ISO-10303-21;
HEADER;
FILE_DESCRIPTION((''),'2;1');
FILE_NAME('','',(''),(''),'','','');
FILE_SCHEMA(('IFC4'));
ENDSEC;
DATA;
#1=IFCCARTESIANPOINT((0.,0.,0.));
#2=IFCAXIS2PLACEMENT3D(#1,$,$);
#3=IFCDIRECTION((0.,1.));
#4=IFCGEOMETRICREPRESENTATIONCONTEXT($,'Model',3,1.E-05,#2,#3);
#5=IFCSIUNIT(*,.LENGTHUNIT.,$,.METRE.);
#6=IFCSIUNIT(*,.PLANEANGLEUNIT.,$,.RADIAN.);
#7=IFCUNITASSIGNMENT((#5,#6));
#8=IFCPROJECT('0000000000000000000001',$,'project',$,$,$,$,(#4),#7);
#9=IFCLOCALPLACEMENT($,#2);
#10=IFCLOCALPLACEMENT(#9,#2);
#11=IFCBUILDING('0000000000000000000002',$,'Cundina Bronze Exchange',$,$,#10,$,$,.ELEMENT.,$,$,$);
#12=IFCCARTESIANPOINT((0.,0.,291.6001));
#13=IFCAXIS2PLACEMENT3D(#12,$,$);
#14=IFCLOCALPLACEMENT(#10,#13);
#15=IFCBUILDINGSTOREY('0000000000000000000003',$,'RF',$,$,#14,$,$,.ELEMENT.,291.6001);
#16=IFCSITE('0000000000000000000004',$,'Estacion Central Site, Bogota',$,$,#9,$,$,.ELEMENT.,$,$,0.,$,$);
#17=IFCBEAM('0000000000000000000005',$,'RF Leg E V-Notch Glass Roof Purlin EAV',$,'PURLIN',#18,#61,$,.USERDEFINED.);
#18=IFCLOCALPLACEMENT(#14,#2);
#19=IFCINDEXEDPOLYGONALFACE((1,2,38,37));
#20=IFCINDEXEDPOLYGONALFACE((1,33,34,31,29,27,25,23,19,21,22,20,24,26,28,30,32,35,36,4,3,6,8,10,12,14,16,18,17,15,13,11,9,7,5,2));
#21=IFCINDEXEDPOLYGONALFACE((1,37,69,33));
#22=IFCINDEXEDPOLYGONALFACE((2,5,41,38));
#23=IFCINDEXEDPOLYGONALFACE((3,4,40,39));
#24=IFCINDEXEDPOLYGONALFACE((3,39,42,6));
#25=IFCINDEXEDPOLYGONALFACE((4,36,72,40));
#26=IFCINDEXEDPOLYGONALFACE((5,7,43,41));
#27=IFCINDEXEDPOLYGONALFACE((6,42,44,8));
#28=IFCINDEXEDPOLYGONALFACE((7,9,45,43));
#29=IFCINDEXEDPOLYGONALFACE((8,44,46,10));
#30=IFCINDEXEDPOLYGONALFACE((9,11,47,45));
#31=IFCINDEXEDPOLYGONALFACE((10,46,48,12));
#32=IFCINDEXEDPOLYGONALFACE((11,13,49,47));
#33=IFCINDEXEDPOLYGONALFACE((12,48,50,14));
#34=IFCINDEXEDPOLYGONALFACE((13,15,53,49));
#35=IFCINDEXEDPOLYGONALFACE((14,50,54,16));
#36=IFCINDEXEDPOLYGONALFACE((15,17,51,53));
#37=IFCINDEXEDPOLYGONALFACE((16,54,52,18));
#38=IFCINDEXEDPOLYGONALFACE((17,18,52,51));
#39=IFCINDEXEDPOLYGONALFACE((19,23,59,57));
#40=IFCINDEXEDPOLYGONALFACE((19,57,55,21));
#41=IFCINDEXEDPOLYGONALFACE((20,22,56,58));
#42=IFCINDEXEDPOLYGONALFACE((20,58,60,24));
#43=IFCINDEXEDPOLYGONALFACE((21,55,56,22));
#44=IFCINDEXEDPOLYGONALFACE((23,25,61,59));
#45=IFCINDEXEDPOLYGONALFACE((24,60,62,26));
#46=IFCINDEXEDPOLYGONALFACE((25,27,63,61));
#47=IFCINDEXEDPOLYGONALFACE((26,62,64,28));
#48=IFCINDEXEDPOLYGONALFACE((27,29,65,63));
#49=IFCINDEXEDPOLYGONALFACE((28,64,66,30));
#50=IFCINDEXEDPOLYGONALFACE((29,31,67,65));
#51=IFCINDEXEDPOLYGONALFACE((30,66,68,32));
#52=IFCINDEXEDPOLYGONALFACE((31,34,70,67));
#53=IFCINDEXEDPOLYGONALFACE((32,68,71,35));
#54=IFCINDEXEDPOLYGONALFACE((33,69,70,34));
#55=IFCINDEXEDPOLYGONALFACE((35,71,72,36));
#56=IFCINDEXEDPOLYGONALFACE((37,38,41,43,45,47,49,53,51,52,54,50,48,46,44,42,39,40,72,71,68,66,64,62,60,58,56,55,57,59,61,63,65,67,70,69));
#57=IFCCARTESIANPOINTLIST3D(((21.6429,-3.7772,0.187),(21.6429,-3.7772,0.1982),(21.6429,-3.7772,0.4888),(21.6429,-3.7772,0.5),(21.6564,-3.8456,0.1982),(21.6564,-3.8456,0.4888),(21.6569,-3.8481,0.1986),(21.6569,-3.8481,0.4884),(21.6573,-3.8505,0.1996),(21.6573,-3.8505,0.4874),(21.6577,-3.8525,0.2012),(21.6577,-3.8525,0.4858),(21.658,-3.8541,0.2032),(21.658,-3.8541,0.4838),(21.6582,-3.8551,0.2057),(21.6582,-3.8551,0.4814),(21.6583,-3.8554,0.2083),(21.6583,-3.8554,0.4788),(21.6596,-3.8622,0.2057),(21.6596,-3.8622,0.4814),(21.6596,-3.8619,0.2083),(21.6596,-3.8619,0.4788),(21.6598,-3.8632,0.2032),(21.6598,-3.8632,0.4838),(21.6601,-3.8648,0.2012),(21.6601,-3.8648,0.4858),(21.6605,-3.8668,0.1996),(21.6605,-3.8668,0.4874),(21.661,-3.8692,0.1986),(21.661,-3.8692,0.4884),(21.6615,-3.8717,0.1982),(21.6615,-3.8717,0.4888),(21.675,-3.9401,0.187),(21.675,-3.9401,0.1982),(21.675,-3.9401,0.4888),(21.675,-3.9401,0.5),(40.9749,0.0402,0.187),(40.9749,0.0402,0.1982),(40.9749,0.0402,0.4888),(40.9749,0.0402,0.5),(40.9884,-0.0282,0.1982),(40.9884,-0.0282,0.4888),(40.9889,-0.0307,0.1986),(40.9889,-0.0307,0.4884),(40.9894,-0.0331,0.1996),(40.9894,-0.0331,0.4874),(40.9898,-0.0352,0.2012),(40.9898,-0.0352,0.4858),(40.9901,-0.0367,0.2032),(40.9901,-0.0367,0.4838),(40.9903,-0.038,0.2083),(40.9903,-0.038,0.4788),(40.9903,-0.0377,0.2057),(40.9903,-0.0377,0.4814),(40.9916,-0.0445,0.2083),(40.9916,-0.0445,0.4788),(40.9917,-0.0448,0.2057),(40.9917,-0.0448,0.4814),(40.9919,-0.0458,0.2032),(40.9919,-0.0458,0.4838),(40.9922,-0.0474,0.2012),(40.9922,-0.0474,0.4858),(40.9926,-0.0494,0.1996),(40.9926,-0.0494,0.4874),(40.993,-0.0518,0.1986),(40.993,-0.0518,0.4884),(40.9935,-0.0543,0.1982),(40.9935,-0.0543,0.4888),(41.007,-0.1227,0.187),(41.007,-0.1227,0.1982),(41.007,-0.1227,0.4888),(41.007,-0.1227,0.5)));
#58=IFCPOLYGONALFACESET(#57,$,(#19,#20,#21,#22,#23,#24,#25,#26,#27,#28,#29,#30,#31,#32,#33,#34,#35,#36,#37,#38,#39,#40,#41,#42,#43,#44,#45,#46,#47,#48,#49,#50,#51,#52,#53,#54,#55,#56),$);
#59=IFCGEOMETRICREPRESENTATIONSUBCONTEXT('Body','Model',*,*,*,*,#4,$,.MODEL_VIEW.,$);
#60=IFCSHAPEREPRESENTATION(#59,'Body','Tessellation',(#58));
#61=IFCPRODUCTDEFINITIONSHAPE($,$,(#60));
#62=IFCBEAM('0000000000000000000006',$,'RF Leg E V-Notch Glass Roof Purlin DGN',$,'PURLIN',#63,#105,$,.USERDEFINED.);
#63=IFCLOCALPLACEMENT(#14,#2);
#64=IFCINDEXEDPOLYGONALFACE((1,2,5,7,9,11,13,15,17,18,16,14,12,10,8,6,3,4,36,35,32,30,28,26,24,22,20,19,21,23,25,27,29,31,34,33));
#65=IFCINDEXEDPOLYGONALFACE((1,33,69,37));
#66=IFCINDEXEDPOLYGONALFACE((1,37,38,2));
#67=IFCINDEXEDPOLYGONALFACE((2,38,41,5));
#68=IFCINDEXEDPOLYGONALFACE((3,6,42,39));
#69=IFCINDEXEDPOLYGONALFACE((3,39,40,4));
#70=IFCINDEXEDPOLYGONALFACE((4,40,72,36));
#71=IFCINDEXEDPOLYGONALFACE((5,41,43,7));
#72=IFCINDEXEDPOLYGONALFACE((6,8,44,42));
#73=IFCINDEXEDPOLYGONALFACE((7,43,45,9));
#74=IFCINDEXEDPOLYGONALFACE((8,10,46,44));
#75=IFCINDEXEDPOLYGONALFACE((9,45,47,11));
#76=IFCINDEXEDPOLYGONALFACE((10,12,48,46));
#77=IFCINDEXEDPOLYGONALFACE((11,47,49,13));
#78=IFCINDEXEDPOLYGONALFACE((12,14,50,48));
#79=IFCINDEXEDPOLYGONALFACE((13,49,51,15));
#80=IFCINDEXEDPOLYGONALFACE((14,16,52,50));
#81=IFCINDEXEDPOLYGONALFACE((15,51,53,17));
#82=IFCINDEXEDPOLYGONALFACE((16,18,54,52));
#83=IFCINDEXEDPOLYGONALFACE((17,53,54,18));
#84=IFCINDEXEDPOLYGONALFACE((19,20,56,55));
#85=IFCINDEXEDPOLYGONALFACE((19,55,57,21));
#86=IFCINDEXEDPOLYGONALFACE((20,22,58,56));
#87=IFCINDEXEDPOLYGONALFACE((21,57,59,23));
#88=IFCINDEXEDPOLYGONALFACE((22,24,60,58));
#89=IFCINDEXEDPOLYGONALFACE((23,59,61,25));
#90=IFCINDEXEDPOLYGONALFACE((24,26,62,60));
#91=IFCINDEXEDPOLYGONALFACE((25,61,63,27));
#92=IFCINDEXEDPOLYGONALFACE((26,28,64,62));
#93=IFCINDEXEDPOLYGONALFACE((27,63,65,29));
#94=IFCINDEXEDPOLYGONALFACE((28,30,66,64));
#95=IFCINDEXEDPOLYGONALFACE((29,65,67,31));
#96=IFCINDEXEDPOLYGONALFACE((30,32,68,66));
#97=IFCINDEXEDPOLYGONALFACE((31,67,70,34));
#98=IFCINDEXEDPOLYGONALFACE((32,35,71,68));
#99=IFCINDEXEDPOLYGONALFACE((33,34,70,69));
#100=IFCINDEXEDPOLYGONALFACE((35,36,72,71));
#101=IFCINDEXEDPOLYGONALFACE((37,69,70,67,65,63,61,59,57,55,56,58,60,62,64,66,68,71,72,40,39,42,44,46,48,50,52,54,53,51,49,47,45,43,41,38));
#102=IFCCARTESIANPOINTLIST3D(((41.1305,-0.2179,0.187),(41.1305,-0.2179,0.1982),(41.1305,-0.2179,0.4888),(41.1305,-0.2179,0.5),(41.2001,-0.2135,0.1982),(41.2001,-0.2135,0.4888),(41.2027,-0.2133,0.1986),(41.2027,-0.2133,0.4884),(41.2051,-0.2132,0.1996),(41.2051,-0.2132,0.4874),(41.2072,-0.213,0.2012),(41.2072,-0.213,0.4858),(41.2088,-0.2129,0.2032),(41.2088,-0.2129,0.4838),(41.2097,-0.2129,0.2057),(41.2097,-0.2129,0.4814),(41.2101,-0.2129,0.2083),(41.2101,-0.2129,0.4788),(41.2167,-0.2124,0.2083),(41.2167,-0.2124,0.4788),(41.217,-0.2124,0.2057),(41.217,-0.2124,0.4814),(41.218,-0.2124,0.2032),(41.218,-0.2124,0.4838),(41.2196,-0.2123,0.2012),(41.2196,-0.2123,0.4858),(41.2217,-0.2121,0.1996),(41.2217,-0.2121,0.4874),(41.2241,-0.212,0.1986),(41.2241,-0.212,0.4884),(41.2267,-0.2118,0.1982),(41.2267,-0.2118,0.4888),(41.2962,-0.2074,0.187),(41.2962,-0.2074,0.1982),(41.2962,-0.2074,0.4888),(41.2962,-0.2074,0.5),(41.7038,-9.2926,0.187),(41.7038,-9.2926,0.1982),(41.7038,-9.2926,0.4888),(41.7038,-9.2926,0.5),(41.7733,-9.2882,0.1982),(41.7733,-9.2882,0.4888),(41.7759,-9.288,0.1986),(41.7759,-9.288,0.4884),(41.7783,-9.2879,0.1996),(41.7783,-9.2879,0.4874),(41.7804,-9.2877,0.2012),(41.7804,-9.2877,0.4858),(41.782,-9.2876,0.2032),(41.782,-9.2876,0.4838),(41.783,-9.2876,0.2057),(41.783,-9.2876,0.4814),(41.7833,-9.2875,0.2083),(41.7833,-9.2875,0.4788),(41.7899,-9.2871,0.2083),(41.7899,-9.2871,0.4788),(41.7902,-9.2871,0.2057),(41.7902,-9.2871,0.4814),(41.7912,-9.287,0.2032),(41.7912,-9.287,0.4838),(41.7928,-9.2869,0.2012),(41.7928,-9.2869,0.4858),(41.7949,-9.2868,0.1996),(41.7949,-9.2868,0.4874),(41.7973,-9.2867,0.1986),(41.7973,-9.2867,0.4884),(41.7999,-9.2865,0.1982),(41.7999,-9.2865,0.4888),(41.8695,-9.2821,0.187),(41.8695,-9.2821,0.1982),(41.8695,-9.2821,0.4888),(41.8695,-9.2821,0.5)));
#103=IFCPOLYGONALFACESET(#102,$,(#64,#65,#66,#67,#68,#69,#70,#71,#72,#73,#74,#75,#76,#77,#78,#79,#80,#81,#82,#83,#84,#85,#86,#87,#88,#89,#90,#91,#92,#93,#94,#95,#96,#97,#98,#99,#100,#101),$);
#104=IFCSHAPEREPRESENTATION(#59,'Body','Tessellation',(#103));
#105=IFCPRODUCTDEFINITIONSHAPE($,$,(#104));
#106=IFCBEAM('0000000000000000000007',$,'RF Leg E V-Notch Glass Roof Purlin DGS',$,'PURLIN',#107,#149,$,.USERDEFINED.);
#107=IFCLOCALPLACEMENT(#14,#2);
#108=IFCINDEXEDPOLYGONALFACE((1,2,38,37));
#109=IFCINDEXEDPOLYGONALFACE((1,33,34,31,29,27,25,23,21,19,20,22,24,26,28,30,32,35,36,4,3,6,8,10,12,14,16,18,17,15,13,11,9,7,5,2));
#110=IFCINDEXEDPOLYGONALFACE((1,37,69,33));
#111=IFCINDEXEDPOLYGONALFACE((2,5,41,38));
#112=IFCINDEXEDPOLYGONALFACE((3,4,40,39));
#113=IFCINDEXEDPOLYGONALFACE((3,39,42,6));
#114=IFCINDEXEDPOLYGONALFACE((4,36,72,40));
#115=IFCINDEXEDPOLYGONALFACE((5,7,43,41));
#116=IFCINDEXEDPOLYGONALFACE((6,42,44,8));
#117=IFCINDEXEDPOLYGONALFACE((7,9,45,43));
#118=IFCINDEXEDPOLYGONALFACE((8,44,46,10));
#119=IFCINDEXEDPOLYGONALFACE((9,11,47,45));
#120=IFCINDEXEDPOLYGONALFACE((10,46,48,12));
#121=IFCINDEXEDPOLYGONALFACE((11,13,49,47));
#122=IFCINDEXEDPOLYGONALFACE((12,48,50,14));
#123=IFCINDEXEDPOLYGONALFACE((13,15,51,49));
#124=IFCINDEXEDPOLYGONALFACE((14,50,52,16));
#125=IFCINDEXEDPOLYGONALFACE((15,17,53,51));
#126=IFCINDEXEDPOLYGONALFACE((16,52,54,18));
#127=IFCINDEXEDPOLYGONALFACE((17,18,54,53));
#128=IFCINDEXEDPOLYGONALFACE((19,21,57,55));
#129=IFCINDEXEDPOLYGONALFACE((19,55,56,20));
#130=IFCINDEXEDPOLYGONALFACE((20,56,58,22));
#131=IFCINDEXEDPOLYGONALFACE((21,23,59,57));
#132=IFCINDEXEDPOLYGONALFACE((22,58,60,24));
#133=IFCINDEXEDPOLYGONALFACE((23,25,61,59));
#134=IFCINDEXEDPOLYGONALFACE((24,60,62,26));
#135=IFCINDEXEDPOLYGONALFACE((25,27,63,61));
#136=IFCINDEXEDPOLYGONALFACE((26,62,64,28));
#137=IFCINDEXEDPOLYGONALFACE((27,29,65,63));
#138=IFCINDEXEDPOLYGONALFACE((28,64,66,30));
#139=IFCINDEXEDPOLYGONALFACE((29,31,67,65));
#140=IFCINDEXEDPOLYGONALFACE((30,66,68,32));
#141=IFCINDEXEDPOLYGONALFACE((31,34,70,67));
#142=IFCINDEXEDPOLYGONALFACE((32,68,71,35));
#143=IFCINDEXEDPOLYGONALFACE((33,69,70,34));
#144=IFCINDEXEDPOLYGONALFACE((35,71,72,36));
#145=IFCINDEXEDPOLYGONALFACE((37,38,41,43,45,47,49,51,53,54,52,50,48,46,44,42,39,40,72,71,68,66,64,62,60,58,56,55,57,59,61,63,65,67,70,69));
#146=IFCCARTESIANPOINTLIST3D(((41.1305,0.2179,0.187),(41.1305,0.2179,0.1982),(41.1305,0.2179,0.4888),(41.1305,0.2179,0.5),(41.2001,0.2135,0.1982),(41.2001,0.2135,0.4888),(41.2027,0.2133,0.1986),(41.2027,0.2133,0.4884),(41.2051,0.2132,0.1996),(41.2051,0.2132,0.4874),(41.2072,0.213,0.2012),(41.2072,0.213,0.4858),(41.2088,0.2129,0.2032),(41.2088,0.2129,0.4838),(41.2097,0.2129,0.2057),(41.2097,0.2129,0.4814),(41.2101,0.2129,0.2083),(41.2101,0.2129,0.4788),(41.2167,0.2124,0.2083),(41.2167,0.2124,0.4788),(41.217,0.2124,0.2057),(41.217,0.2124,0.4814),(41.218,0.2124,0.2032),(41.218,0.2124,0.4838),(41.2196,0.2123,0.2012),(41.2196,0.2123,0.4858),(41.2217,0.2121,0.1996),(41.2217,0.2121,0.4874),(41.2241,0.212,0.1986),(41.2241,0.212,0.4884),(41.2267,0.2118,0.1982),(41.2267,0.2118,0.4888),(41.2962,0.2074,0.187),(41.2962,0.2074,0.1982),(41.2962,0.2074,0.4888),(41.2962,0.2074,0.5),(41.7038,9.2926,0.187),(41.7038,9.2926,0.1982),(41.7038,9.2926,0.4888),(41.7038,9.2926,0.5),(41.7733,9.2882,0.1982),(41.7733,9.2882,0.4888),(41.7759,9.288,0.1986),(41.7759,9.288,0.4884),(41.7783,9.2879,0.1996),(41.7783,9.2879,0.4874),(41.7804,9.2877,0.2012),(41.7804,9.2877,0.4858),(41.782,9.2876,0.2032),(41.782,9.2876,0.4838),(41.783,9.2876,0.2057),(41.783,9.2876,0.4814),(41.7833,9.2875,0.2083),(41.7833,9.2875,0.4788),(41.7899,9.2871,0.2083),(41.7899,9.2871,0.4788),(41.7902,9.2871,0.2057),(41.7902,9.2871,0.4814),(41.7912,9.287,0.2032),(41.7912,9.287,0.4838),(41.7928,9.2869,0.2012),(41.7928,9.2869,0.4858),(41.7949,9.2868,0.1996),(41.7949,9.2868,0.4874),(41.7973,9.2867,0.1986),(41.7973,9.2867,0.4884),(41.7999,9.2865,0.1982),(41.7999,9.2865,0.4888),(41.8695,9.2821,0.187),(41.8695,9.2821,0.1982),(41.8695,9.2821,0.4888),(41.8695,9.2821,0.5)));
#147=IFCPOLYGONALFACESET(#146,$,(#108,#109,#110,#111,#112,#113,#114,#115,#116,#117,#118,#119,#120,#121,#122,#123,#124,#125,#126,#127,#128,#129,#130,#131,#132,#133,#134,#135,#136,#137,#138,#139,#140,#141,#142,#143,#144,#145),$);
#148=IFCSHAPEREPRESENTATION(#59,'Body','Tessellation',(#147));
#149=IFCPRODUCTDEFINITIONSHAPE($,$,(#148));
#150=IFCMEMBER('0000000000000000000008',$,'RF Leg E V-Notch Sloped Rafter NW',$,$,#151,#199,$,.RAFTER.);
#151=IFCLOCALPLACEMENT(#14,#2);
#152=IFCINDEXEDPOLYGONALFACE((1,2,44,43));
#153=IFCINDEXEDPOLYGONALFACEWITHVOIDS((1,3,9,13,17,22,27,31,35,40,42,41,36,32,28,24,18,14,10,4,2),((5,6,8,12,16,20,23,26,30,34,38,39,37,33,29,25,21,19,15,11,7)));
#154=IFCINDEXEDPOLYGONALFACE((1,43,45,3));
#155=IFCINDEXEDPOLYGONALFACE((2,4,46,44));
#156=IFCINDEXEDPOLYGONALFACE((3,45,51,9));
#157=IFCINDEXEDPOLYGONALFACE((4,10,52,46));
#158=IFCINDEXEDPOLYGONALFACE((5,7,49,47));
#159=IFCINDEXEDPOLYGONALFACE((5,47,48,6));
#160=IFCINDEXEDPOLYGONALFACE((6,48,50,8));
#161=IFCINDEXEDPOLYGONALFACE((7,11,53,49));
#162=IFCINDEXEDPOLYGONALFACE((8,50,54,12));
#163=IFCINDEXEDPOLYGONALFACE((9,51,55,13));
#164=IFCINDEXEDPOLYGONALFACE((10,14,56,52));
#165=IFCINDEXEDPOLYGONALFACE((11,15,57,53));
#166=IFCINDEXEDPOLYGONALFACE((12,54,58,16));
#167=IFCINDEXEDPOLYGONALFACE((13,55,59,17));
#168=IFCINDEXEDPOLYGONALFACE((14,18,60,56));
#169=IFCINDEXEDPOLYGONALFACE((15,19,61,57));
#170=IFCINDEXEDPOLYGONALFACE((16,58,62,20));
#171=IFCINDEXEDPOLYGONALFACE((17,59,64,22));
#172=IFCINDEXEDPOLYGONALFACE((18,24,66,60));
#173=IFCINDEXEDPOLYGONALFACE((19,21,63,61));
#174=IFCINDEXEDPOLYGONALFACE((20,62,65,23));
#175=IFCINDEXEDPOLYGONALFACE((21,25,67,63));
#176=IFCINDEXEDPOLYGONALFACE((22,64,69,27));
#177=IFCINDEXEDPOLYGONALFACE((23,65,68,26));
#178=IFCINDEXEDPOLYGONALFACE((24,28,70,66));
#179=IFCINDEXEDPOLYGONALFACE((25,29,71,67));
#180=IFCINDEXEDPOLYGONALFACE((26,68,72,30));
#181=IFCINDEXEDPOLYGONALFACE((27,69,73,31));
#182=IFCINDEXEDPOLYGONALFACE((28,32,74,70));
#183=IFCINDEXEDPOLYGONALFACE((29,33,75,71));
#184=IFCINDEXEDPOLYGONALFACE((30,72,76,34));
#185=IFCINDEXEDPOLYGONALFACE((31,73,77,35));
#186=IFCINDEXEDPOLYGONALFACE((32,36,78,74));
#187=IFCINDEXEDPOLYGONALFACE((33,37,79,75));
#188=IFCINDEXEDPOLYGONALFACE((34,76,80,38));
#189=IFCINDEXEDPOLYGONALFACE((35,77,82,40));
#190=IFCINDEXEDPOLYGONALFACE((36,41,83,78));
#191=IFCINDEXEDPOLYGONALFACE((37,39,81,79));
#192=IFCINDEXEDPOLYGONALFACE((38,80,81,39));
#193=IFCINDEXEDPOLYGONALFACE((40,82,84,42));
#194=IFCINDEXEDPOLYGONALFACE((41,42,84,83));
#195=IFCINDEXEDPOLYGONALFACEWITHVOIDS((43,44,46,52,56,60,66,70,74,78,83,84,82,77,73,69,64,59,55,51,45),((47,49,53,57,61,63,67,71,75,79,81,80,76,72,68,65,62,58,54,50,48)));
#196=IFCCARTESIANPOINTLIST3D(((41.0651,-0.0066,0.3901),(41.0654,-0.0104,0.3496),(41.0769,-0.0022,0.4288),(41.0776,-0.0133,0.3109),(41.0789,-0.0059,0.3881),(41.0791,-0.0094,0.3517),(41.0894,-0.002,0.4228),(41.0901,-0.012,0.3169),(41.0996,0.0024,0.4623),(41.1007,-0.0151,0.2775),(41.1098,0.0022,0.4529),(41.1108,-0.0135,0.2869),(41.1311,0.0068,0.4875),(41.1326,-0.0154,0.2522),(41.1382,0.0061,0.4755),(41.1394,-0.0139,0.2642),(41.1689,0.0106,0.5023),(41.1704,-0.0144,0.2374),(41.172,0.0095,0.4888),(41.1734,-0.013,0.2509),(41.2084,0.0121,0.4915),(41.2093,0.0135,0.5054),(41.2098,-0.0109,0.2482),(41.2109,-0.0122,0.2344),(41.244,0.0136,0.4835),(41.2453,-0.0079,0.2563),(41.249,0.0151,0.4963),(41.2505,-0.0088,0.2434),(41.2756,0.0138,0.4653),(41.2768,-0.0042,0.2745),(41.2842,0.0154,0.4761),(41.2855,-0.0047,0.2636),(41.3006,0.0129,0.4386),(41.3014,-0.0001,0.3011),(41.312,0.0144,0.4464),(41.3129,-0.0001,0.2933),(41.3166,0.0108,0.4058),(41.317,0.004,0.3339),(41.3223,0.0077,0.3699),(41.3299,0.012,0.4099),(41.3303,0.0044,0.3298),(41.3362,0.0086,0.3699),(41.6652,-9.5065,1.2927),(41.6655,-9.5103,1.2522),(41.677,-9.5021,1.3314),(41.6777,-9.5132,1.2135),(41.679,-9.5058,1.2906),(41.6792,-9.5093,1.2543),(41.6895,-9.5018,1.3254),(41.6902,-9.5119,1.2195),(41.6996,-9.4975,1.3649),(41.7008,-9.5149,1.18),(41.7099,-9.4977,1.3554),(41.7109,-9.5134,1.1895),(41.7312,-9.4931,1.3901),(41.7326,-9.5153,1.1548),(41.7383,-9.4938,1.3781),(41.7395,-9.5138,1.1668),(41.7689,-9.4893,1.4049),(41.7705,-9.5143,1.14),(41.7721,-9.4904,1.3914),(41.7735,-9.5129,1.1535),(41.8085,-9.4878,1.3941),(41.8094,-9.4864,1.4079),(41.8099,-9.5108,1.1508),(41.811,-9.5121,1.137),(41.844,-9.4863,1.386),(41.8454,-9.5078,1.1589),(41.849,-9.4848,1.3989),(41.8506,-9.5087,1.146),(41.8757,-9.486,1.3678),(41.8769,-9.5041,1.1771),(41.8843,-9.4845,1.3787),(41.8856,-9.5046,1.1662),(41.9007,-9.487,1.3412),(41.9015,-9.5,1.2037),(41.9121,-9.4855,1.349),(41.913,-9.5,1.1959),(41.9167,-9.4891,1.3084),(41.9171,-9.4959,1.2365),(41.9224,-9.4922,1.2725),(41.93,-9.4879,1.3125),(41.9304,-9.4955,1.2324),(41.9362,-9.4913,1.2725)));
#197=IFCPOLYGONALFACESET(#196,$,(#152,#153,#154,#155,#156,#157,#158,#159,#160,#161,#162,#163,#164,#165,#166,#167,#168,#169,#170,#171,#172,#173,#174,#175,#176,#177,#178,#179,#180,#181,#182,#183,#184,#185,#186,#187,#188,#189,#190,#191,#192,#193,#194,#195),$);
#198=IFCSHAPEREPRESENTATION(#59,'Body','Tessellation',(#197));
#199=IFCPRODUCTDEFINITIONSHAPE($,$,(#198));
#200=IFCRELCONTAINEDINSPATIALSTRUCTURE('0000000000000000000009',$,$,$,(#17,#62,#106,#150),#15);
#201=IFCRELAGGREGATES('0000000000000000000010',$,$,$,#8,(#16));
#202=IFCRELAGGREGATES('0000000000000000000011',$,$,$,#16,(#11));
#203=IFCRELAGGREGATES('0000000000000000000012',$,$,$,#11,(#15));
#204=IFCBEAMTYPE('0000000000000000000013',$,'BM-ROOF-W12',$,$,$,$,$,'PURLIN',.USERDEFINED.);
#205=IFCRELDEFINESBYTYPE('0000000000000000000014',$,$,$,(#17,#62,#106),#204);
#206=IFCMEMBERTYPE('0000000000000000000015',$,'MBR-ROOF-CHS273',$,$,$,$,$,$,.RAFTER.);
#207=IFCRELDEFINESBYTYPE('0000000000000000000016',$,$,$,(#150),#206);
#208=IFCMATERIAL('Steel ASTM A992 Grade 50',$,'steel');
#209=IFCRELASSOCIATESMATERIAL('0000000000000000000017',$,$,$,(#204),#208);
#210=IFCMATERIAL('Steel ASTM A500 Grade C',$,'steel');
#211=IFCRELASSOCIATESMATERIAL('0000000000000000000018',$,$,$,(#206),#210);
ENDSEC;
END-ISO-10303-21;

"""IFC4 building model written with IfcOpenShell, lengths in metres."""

from ifc_helpers import new_model, si_unit, direction, frame, origin, origin_2d, place, context, subcontext, project, spatial, hollow_circle, i_section, extrude, material, material_profile, profile_set, type_object, element, save


model = new_model("IFC4")

# Units and contexts
model_context = context("Model", 3, precision=1e-05, world=origin(), true_north=direction((0.0, 1.0)))
body_context = subcontext(model_context, "Body", "Model", "MODEL_VIEW")
ifc_project = project(units=[si_unit("LENGTHUNIT", "METRE"), si_unit("PLANEANGLEUNIT", "RADIAN")], contexts=[model_context])

# Site, building, storey
site_placement = place(None, origin())
site = spatial("IfcSite", under=ifc_project, at=site_placement, Name="Estacion Central Site, Bogota", CompositionType="ELEMENT", RefElevation=0.0)
building_placement = place(site_placement, origin())
building = spatial("IfcBuilding", under=site, at=building_placement, Name="Cundina Bronze Exchange", CompositionType="ELEMENT")
storey_placement = place(building_placement, frame((0.0, 0.0, 291.6001)))
storey = spatial("IfcBuildingStorey", under=building, at=storey_placement, Name="RF", CompositionType="ELEMENT", Elevation=291.6001)

# Beams
ifc_material_1 = material(Name="Steel ASTM A992 Grade 50", Category="steel")
ifc_material_profile_1 = material_profile(ifc_material_1, i_section(OverallWidth=0.166, OverallDepth=0.313, WebThickness=0.0066, FlangeThickness=0.0112, FilletRadius=0.01, at=origin_2d()), Name="W12X30", Category="steel")
ifc_profile_set_1 = profile_set([ifc_material_profile_1], Name="Steel ASTM A992 Grade 50")
beam_type_1 = type_object("IfcBeamType", Name="BM-ROOF-W12", ElementType="PURLIN", PredefinedType="USERDEFINED", material=ifc_profile_set_1)
beam_1_placement = place(storey_placement, frame((40.991, -0.0413, 0.3435), z_axis=(-0.981056, -0.193723, 0.0), x_axis=(0.193723, -0.981056, 0.0)))
element("IfcBeam", 1, at=beam_1_placement, inside=storey, type_object=beam_type_1, Name="RF Leg E V-Notch Glass Roof Purlin EAV", ObjectType="PURLIN", PredefinedType="USERDEFINED", context=body_context, shape_type="SweptSolid", body=[
    extrude(i_section(OverallWidth=0.166, OverallDepth=0.313, WebThickness=0.0066, FlangeThickness=0.0112, FilletRadius=0.01, at=origin_2d()), origin(), (0.0, 0.0, 1.0), 19.7053),
])
for number, where, z_axis, x_axis, name in (
    (2, (41.2134, -0.2126, 0.3435), (0.063044, -0.998011, 0.0), (0.998011, 0.063044, 0.0), "RF Leg E V-Notch Glass Roof Purlin DGN"),
    (3, (41.2134, 0.2126, 0.3435), (0.063044, 0.998011, 0.0), (-0.998011, 0.063044, 0.0), "RF Leg E V-Notch Glass Roof Purlin DGS"),
):
    element("IfcBeam", number, at=place(storey_placement, frame(where, z_axis=z_axis, x_axis=x_axis)), inside=storey, type_object=beam_type_1, Name=name, ObjectType="PURLIN", PredefinedType="USERDEFINED", context=body_context, shape_type="SweptSolid", body=[
        extrude(i_section(OverallWidth=0.166, OverallDepth=0.313, WebThickness=0.0066, FlangeThickness=0.0112, FilletRadius=0.01, at=origin_2d()), origin(), (0.0, 0.0, 1.0), 9.0928),
    ])

# Member
ifc_material_2 = material(Name="Steel ASTM A500 Grade C", Category="steel")
ifc_material_profile_2 = material_profile(ifc_material_2, hollow_circle(Radius=0.1365, WallThickness=0.0139, at=origin_2d()), Name="CHS273X14", Category="steel")
ifc_profile_set_2 = profile_set([ifc_material_profile_2], Name="Steel ASTM A500 Grade C")
member_type = type_object("IfcMemberType", Name="MBR-ROOF-CHS273", PredefinedType="RAFTER", material=ifc_profile_set_2)
for number, where, z_axis, x_axis, name in (
    (4, (41.2, 0.0, 0.3699), (0.062761, -0.993554, 0.094397), (0.998011, 0.063043, 0.0), "RF Leg E V-Notch Sloped Rafter NW"),
):
    element("IfcMember", number, at=place(storey_placement, frame(where, z_axis=z_axis, x_axis=x_axis)), inside=storey, type_object=member_type, Name=name, PredefinedType="RAFTER", context=body_context, shape_type="SweptSolid", body=[
        extrude(hollow_circle(Radius=0.1365, WallThickness=0.0139, at=origin_2d()), origin(), (0.0, 0.0, 1.0), 9.5615),
    ])

save(model, "model.ifc")
